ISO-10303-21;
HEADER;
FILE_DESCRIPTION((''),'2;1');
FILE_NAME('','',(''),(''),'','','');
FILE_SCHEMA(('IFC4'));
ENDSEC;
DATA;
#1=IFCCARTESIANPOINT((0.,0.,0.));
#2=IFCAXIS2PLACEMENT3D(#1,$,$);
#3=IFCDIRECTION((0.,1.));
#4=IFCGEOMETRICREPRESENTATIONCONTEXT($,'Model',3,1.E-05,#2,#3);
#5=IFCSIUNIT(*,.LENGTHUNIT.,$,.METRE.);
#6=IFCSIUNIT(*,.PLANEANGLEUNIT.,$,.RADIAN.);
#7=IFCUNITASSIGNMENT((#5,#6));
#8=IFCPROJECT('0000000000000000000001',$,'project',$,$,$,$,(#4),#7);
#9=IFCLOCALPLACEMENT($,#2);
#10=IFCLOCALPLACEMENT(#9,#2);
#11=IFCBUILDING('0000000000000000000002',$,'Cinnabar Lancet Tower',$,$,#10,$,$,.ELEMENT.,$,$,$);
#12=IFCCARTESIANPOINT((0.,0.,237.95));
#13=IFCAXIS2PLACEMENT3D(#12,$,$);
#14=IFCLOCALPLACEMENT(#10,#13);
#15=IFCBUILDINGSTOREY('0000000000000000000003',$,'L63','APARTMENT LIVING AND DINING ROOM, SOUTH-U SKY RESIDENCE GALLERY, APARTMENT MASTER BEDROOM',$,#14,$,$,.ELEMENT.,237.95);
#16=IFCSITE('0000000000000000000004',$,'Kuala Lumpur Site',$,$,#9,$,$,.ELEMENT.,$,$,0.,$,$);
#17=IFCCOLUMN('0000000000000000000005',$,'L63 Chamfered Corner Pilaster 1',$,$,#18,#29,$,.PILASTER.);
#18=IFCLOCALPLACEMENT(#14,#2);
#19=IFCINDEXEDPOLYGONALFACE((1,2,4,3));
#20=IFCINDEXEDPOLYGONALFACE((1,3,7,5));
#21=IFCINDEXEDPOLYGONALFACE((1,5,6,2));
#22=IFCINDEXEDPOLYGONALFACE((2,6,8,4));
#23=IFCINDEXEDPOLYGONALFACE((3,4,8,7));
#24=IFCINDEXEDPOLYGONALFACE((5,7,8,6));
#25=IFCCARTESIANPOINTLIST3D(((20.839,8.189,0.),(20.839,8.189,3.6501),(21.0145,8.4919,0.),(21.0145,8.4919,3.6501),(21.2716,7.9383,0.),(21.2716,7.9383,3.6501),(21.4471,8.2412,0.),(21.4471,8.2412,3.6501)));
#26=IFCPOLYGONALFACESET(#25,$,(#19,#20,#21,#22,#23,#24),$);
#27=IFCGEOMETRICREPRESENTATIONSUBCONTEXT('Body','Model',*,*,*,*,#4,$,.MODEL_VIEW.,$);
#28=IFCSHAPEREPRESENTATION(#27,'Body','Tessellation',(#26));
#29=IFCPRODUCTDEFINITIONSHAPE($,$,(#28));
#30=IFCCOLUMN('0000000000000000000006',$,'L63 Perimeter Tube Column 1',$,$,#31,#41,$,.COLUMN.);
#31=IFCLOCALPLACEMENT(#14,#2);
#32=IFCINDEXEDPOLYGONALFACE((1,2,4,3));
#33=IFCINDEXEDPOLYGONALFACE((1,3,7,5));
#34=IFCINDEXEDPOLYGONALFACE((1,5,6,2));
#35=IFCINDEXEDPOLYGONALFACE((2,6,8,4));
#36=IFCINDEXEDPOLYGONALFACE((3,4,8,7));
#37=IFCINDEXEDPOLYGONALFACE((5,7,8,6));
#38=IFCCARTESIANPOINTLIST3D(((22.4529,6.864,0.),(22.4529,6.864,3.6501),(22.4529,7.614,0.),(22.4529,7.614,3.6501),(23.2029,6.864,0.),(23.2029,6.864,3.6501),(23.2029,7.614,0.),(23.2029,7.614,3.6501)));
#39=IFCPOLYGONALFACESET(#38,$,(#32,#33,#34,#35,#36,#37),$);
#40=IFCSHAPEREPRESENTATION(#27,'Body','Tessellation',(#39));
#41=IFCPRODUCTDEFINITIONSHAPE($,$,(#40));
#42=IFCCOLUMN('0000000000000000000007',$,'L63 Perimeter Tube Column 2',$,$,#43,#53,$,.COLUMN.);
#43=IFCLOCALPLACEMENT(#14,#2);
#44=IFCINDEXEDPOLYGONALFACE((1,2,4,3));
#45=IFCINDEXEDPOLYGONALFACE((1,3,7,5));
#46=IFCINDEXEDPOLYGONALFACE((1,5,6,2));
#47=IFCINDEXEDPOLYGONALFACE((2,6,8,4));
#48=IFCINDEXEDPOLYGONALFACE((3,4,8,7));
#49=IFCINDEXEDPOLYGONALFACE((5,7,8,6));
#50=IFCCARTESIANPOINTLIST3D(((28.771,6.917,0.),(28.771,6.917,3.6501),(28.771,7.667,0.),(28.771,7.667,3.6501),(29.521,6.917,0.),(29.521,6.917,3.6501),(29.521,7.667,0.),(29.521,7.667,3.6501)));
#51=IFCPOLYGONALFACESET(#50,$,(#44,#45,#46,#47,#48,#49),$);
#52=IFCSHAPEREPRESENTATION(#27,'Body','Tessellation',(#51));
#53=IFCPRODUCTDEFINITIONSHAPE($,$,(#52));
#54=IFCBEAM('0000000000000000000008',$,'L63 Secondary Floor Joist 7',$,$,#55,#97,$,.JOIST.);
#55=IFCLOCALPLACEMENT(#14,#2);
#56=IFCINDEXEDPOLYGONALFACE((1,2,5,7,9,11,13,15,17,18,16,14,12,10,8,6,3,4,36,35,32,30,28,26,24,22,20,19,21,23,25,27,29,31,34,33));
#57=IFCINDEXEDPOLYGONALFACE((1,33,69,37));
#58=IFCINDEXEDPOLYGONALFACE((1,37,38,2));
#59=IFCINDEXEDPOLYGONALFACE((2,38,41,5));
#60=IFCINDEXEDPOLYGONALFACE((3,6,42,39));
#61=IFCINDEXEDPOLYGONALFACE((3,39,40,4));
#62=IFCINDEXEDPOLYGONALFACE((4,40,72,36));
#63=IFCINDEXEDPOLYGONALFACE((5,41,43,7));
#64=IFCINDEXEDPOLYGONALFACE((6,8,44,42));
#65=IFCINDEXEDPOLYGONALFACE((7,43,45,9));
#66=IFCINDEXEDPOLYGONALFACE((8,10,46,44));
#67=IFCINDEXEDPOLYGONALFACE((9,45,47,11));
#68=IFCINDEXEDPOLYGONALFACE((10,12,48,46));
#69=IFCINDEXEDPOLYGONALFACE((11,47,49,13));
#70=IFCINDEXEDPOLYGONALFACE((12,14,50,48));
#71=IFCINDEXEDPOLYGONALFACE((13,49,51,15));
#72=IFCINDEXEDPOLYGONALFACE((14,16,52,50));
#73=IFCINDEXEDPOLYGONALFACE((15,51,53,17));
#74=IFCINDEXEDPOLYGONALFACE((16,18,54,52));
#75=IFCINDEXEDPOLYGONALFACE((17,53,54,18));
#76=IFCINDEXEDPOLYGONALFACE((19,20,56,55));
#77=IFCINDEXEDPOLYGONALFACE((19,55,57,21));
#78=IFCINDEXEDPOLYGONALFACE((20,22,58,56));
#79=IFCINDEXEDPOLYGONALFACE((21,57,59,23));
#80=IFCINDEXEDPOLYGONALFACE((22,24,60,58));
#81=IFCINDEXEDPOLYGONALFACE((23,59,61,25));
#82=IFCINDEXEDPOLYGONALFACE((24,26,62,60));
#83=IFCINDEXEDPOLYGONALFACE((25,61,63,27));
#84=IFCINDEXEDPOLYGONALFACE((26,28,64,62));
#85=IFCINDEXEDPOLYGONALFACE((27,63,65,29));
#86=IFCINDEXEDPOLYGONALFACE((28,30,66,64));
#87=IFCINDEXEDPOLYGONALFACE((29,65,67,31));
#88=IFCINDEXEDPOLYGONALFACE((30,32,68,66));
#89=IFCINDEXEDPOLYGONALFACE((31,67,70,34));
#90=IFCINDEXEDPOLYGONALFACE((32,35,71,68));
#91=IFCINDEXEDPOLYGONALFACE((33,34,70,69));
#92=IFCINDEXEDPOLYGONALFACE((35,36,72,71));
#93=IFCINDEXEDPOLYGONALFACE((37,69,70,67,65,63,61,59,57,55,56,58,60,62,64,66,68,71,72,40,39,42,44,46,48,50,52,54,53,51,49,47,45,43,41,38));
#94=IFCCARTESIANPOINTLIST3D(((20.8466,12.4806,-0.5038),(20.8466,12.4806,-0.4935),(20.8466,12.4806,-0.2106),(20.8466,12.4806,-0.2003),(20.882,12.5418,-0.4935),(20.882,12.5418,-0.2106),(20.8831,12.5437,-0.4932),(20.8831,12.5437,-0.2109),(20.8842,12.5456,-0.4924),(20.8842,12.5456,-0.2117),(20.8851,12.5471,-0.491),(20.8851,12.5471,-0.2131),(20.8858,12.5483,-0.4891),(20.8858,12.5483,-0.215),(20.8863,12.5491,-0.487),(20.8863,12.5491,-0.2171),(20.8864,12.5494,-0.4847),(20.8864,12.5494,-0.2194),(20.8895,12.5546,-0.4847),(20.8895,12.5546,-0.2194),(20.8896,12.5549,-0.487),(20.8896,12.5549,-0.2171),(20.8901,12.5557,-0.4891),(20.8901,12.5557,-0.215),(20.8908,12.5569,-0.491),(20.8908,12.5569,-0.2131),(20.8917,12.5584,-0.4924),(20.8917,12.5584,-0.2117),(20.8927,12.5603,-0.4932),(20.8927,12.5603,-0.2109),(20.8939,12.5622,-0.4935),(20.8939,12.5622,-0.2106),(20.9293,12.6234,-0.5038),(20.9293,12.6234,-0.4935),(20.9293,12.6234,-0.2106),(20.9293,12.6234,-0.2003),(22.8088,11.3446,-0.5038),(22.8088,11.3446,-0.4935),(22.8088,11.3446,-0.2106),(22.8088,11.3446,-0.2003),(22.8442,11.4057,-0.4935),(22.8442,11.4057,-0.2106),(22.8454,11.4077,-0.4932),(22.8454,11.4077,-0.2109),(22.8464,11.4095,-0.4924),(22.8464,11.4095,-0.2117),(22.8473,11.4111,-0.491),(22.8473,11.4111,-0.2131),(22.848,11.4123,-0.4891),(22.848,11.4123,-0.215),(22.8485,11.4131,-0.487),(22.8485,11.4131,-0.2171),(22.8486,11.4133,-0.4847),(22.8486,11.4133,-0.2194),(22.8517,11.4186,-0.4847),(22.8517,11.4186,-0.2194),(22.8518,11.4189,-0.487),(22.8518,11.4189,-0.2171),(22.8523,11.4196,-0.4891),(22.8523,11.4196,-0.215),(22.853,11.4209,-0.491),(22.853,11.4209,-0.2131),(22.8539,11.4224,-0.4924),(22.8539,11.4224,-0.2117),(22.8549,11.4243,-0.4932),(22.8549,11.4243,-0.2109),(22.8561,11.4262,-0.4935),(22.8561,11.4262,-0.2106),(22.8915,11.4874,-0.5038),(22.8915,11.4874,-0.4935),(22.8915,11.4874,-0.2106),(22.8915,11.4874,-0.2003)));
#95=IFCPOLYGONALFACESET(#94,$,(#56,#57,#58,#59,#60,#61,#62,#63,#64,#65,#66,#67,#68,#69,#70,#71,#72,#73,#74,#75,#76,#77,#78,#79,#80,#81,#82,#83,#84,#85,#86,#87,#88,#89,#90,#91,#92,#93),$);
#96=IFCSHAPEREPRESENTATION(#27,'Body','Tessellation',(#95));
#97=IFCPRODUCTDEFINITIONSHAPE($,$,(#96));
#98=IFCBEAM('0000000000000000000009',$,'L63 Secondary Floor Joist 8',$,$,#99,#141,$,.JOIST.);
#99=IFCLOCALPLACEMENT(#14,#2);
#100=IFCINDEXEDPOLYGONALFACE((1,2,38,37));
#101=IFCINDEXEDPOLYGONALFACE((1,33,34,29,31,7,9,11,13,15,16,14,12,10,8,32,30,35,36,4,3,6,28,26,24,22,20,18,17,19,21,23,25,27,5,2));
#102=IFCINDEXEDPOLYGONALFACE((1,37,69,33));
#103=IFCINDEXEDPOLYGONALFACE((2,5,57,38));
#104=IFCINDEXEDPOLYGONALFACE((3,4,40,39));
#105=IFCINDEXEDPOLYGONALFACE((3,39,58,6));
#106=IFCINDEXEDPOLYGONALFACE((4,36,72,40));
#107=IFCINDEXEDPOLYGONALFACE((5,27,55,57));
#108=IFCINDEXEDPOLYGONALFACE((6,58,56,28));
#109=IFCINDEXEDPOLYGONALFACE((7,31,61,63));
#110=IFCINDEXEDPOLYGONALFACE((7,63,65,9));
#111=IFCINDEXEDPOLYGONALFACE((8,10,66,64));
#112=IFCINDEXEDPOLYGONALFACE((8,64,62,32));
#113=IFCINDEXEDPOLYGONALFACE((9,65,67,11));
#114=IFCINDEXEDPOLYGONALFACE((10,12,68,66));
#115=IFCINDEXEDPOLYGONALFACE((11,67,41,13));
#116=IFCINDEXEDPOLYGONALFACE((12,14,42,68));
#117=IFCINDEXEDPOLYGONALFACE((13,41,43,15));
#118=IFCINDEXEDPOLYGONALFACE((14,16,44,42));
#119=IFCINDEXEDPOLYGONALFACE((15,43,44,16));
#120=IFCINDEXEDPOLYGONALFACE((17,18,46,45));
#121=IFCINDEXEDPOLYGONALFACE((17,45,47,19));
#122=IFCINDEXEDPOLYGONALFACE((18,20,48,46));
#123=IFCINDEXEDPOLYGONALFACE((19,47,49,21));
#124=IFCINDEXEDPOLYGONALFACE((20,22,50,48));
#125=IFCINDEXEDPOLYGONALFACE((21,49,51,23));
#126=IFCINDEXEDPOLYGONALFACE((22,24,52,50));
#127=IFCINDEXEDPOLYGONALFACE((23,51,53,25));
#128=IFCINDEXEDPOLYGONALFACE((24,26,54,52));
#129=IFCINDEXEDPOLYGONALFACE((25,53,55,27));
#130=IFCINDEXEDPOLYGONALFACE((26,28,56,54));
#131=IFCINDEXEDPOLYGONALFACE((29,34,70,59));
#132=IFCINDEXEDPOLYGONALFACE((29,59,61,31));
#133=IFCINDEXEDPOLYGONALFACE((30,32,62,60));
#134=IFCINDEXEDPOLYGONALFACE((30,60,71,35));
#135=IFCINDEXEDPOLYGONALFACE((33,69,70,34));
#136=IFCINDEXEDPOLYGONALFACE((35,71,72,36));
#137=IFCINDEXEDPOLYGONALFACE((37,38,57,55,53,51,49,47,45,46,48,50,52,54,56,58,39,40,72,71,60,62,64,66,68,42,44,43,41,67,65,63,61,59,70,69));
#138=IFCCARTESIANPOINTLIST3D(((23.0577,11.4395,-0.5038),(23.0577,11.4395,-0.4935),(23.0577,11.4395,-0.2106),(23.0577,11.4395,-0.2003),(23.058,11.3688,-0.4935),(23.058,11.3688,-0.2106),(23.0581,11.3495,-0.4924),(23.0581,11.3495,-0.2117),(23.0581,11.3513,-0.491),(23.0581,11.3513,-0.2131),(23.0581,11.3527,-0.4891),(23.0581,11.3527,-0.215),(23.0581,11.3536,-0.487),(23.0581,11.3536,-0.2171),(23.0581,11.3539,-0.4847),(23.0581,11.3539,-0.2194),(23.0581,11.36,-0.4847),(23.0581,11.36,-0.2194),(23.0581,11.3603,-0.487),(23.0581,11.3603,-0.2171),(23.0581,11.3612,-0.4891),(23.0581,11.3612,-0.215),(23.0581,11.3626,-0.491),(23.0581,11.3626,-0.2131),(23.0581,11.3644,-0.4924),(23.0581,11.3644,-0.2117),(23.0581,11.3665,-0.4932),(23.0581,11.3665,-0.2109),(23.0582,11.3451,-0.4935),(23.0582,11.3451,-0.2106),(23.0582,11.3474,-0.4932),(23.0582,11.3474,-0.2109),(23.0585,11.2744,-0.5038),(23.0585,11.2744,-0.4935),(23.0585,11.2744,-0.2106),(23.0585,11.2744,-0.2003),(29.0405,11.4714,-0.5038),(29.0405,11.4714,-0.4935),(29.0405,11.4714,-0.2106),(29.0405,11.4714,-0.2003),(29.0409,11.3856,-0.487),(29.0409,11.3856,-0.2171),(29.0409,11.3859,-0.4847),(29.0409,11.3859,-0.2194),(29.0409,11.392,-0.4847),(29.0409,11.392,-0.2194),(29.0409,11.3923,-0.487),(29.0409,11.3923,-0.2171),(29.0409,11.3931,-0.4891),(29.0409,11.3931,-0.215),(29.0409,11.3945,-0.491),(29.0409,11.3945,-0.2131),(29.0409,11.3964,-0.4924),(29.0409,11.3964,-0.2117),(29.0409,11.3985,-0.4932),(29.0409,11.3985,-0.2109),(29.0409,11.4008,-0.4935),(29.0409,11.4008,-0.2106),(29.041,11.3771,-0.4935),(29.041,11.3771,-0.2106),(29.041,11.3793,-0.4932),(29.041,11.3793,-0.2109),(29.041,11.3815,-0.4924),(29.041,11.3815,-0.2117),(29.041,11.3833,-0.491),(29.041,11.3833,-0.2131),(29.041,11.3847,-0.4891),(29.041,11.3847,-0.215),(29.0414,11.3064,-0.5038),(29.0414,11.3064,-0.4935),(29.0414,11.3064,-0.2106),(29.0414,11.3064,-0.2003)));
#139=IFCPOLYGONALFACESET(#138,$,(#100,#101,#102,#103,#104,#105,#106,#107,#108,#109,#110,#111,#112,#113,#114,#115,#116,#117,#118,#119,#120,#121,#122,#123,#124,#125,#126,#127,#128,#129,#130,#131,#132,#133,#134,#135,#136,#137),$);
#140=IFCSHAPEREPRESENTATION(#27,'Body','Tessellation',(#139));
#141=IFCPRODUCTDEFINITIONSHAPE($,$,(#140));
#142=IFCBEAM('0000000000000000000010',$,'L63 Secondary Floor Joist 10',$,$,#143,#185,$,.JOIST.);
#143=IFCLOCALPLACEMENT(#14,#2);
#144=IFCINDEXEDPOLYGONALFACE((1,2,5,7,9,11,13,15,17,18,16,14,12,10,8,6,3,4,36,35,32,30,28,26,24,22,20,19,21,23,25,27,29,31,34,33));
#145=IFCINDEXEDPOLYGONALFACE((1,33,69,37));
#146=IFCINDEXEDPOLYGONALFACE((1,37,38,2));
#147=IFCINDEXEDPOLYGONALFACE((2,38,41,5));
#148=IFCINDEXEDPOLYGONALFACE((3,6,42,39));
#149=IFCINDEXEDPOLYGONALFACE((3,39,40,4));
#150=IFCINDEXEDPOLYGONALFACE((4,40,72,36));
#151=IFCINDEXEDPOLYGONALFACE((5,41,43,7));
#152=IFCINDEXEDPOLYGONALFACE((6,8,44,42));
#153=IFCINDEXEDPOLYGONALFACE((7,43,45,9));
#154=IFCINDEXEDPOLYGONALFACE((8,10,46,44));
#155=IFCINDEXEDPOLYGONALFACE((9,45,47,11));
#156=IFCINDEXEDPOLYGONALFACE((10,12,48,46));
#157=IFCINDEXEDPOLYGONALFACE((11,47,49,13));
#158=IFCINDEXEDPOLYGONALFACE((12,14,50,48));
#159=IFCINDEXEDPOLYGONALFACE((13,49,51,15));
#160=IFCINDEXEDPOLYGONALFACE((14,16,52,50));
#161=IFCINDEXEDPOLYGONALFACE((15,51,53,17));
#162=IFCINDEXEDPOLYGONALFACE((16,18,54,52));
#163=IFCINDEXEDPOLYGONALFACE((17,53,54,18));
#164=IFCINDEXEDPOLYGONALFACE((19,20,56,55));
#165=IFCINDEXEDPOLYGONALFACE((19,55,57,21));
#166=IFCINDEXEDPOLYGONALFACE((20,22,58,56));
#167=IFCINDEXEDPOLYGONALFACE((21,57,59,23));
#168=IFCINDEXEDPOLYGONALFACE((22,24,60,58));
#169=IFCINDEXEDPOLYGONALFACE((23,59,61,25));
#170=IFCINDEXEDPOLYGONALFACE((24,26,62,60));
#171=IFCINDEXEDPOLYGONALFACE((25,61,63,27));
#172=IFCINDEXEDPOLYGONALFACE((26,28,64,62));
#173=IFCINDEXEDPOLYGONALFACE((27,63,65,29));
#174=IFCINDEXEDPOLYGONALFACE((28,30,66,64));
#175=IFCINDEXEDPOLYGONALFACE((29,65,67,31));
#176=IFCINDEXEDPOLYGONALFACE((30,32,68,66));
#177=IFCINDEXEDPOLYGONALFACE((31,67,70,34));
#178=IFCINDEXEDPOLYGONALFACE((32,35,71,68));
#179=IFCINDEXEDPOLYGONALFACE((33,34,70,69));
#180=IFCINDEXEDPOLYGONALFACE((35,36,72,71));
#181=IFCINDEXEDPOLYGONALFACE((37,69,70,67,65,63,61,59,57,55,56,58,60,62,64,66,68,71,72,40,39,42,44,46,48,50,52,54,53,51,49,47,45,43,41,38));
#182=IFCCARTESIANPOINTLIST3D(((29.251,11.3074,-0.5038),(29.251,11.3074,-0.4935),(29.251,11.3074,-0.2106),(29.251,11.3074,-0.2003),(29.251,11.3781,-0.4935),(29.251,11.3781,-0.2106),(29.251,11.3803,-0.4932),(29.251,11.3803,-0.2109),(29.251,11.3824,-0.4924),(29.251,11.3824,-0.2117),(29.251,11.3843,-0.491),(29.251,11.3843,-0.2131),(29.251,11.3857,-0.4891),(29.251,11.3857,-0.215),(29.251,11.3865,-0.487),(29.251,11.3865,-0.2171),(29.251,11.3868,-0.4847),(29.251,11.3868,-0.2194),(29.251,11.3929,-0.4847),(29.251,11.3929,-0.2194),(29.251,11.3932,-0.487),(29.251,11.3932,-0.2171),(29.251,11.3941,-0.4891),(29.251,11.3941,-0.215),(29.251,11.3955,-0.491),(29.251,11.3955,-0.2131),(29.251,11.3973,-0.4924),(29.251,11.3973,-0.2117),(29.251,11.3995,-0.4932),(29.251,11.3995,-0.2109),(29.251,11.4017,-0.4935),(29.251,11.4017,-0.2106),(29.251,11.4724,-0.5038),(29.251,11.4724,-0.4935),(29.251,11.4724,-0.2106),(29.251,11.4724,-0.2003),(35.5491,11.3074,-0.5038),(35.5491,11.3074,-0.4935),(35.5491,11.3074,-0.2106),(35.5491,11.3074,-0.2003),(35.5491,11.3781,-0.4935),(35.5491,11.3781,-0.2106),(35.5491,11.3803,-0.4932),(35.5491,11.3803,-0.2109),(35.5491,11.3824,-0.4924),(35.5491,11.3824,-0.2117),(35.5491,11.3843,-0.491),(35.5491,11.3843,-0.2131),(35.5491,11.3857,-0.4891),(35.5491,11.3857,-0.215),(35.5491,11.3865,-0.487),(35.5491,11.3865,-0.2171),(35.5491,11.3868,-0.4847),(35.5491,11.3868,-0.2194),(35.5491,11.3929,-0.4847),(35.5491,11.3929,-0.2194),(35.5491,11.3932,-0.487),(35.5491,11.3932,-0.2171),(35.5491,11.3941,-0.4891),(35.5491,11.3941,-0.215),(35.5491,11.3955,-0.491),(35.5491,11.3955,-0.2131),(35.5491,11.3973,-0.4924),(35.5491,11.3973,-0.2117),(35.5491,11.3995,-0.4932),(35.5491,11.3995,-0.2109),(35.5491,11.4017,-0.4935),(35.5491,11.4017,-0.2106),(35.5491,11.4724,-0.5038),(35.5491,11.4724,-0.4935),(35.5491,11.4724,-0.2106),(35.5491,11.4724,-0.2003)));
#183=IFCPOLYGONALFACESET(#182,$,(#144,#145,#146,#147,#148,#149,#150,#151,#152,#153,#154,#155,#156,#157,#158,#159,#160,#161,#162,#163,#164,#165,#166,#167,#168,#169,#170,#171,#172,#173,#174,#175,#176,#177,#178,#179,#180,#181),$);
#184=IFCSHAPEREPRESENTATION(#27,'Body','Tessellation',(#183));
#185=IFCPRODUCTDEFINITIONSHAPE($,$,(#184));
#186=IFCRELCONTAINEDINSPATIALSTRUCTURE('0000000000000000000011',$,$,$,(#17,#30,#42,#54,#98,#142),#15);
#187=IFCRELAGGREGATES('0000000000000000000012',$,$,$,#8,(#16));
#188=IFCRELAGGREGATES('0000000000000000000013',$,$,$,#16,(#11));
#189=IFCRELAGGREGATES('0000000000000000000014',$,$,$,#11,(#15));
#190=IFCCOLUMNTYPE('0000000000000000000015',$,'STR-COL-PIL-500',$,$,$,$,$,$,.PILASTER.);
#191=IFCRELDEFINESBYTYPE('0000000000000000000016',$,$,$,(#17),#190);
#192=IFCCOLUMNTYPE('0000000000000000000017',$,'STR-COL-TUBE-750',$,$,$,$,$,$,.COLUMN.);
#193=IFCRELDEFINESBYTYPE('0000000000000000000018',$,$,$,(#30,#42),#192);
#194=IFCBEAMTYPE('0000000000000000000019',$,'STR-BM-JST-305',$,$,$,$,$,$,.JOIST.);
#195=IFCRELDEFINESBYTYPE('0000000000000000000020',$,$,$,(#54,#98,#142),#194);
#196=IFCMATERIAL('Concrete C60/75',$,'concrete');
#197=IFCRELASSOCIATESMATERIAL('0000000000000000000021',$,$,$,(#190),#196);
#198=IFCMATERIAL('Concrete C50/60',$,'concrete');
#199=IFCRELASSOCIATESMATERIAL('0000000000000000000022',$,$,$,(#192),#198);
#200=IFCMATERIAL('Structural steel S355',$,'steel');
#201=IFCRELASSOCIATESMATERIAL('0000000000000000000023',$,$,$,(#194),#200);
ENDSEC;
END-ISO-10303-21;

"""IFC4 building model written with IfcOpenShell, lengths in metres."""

from ifc_helpers import new_model, si_unit, direction, frame, origin, origin_2d, place, context, subcontext, project, spatial, rectangle, i_section, extrude, material, material_profile, profile_set, type_object, element, save


model = new_model("IFC4")

# Units and contexts
model_context = context("Model", 3, precision=1e-05, world=origin(), true_north=direction((0.0, 1.0)))
body_context = subcontext(model_context, "Body", "Model", "MODEL_VIEW")
ifc_project = project(units=[si_unit("LENGTHUNIT", "METRE"), si_unit("PLANEANGLEUNIT", "RADIAN")], contexts=[model_context])

# Site, building, storey
site_placement = place(None, origin())
site = spatial("IfcSite", under=ifc_project, at=site_placement, Name="Kuala Lumpur Site", CompositionType="ELEMENT", RefElevation=0.0)
building_placement = place(site_placement, origin())
building = spatial("IfcBuilding", under=site, at=building_placement, Name="Cinnabar Lancet Tower", CompositionType="ELEMENT")
storey_placement = place(building_placement, frame((0.0, 0.0, 237.95)))
storey = spatial("IfcBuildingStorey", under=building, at=storey_placement, Name="L63", Description="APARTMENT LIVING AND DINING ROOM, SOUTH-U SKY RESIDENCE GALLERY, APARTMENT MASTER BEDROOM", CompositionType="ELEMENT", Elevation=237.95)

# Columns
ifc_material_1 = material(Name="Concrete C60/75", Category="concrete")
ifc_material_profile_1 = material_profile(ifc_material_1, rectangle(XDim=0.5, YDim=0.3501, at=origin_2d()), Name="RC-PIL 500x350")
ifc_profile_set_1 = profile_set([ifc_material_profile_1], Name="Concrete C60/75")
column_type_1 = type_object("IfcColumnType", Name="STR-COL-PIL-500", PredefinedType="PILASTER", material=ifc_profile_set_1)
column_placement = place(storey_placement, frame((21.1431, 8.2151, 0.0), z_axis=(0.0, 0.0, 1.0), x_axis=(0.865256, -0.50133, 0.0)))
element("IfcColumn", 1, at=column_placement, inside=storey, type_object=column_type_1, Name="L63 Chamfered Corner Pilaster 1", PredefinedType="PILASTER", context=body_context, shape_type="SweptSolid", body=[
    extrude(rectangle(XDim=0.5, YDim=0.3501, at=origin_2d()), origin(), (0.0, 0.0, 1.0), 3.6501),
])
ifc_material_2 = material(Name="Concrete C50/60", Category="concrete")
ifc_material_profile_2 = material_profile(ifc_material_2, rectangle(XDim=0.75, YDim=0.75, at=origin_2d()), Name="RC-COL 750x750")
ifc_profile_set_2 = profile_set([ifc_material_profile_2], Name="Concrete C50/60")
column_type_2 = type_object("IfcColumnType", Name="STR-COL-TUBE-750", PredefinedType="COLUMN", material=ifc_profile_set_2)
for number, where, z_axis, x_axis, name in (
    (2, (22.8279, 7.239, 0.0), (0.0, 0.0, 1.0), (1.0, 0.0, 0.0), "L63 Perimeter Tube Column 1"),
    (3, (29.146, 7.292, 0.0), (0.0, 0.0, 1.0), (1.0, 0.0, 0.0), "L63 Perimeter Tube Column 2"),
):
    element("IfcColumn", number, at=place(storey_placement, frame(where, z_axis=z_axis, x_axis=x_axis)), inside=storey, type_object=column_type_2, Name=name, PredefinedType="COLUMN", context=body_context, shape_type="SweptSolid", body=[
        extrude(rectangle(XDim=0.75, YDim=0.75, at=origin_2d()), origin(), (0.0, 0.0, 1.0), 3.6501),
    ])

# Beams
ifc_material_3 = material(Name="Structural steel S355", Category="steel")
ifc_material_profile_3 = material_profile(ifc_material_3, i_section(OverallWidth=0.165, OverallDepth=0.3035, WebThickness=0.0061, FlangeThickness=0.0103, FilletRadius=0.0088, at=origin_2d()), Name="UKB 305x165x40")
ifc_profile_set_3 = profile_set([ifc_material_profile_3], Name="Structural steel S355")
beam_type_1 = type_object("IfcBeamType", Name="STR-BM-JST-305", PredefinedType="JOIST", material=ifc_profile_set_3)
beam_1_placement = place(storey_placement, frame((20.8879, 12.552, -0.3521), z_axis=(0.865426, -0.501036, 0.0), x_axis=(0.501036, 0.865426, 0.0)))
element("IfcBeam", 4, at=beam_1_placement, inside=storey, type_object=beam_type_1, Name="L63 Secondary Floor Joist 7", PredefinedType="JOIST", context=body_context, shape_type="SweptSolid", body=[
    extrude(i_section(OverallWidth=0.165, OverallDepth=0.3035, WebThickness=0.0061, FlangeThickness=0.0103, FilletRadius=0.0088, at=origin_2d()), origin(), (0.0, 0.0, 1.0), 2.2673),
])
beam_2_placement = place(storey_placement, frame((23.0581, 11.3569, -0.3521), z_axis=(0.999986, 0.005346, 0.0), x_axis=(-0.005346, 0.999986, 0.0)))
element("IfcBeam", 5, at=beam_2_placement, inside=storey, type_object=beam_type_1, Name="L63 Secondary Floor Joist 8", PredefinedType="JOIST", context=body_context, shape_type="SweptSolid", body=[
    extrude(i_section(OverallWidth=0.165, OverallDepth=0.3035, WebThickness=0.0061, FlangeThickness=0.0103, FilletRadius=0.0088, at=origin_2d()), origin(), (0.0, 0.0, 1.0), 5.9829),
])
beam_3_placement = place(storey_placement, frame((29.251, 11.3899, -0.3521), z_axis=(1.0, 0.0, 0.0), x_axis=(0.0, 1.0, 0.0)))
element("IfcBeam", 6, at=beam_3_placement, inside=storey, type_object=beam_type_1, Name="L63 Secondary Floor Joist 10", PredefinedType="JOIST", context=body_context, shape_type="SweptSolid", body=[
    extrude(i_section(OverallWidth=0.165, OverallDepth=0.3035, WebThickness=0.0061, FlangeThickness=0.0103, FilletRadius=0.0088, at=origin_2d()), origin(), (0.0, 0.0, 1.0), 6.2981),
])

save(model, "model.ifc")
